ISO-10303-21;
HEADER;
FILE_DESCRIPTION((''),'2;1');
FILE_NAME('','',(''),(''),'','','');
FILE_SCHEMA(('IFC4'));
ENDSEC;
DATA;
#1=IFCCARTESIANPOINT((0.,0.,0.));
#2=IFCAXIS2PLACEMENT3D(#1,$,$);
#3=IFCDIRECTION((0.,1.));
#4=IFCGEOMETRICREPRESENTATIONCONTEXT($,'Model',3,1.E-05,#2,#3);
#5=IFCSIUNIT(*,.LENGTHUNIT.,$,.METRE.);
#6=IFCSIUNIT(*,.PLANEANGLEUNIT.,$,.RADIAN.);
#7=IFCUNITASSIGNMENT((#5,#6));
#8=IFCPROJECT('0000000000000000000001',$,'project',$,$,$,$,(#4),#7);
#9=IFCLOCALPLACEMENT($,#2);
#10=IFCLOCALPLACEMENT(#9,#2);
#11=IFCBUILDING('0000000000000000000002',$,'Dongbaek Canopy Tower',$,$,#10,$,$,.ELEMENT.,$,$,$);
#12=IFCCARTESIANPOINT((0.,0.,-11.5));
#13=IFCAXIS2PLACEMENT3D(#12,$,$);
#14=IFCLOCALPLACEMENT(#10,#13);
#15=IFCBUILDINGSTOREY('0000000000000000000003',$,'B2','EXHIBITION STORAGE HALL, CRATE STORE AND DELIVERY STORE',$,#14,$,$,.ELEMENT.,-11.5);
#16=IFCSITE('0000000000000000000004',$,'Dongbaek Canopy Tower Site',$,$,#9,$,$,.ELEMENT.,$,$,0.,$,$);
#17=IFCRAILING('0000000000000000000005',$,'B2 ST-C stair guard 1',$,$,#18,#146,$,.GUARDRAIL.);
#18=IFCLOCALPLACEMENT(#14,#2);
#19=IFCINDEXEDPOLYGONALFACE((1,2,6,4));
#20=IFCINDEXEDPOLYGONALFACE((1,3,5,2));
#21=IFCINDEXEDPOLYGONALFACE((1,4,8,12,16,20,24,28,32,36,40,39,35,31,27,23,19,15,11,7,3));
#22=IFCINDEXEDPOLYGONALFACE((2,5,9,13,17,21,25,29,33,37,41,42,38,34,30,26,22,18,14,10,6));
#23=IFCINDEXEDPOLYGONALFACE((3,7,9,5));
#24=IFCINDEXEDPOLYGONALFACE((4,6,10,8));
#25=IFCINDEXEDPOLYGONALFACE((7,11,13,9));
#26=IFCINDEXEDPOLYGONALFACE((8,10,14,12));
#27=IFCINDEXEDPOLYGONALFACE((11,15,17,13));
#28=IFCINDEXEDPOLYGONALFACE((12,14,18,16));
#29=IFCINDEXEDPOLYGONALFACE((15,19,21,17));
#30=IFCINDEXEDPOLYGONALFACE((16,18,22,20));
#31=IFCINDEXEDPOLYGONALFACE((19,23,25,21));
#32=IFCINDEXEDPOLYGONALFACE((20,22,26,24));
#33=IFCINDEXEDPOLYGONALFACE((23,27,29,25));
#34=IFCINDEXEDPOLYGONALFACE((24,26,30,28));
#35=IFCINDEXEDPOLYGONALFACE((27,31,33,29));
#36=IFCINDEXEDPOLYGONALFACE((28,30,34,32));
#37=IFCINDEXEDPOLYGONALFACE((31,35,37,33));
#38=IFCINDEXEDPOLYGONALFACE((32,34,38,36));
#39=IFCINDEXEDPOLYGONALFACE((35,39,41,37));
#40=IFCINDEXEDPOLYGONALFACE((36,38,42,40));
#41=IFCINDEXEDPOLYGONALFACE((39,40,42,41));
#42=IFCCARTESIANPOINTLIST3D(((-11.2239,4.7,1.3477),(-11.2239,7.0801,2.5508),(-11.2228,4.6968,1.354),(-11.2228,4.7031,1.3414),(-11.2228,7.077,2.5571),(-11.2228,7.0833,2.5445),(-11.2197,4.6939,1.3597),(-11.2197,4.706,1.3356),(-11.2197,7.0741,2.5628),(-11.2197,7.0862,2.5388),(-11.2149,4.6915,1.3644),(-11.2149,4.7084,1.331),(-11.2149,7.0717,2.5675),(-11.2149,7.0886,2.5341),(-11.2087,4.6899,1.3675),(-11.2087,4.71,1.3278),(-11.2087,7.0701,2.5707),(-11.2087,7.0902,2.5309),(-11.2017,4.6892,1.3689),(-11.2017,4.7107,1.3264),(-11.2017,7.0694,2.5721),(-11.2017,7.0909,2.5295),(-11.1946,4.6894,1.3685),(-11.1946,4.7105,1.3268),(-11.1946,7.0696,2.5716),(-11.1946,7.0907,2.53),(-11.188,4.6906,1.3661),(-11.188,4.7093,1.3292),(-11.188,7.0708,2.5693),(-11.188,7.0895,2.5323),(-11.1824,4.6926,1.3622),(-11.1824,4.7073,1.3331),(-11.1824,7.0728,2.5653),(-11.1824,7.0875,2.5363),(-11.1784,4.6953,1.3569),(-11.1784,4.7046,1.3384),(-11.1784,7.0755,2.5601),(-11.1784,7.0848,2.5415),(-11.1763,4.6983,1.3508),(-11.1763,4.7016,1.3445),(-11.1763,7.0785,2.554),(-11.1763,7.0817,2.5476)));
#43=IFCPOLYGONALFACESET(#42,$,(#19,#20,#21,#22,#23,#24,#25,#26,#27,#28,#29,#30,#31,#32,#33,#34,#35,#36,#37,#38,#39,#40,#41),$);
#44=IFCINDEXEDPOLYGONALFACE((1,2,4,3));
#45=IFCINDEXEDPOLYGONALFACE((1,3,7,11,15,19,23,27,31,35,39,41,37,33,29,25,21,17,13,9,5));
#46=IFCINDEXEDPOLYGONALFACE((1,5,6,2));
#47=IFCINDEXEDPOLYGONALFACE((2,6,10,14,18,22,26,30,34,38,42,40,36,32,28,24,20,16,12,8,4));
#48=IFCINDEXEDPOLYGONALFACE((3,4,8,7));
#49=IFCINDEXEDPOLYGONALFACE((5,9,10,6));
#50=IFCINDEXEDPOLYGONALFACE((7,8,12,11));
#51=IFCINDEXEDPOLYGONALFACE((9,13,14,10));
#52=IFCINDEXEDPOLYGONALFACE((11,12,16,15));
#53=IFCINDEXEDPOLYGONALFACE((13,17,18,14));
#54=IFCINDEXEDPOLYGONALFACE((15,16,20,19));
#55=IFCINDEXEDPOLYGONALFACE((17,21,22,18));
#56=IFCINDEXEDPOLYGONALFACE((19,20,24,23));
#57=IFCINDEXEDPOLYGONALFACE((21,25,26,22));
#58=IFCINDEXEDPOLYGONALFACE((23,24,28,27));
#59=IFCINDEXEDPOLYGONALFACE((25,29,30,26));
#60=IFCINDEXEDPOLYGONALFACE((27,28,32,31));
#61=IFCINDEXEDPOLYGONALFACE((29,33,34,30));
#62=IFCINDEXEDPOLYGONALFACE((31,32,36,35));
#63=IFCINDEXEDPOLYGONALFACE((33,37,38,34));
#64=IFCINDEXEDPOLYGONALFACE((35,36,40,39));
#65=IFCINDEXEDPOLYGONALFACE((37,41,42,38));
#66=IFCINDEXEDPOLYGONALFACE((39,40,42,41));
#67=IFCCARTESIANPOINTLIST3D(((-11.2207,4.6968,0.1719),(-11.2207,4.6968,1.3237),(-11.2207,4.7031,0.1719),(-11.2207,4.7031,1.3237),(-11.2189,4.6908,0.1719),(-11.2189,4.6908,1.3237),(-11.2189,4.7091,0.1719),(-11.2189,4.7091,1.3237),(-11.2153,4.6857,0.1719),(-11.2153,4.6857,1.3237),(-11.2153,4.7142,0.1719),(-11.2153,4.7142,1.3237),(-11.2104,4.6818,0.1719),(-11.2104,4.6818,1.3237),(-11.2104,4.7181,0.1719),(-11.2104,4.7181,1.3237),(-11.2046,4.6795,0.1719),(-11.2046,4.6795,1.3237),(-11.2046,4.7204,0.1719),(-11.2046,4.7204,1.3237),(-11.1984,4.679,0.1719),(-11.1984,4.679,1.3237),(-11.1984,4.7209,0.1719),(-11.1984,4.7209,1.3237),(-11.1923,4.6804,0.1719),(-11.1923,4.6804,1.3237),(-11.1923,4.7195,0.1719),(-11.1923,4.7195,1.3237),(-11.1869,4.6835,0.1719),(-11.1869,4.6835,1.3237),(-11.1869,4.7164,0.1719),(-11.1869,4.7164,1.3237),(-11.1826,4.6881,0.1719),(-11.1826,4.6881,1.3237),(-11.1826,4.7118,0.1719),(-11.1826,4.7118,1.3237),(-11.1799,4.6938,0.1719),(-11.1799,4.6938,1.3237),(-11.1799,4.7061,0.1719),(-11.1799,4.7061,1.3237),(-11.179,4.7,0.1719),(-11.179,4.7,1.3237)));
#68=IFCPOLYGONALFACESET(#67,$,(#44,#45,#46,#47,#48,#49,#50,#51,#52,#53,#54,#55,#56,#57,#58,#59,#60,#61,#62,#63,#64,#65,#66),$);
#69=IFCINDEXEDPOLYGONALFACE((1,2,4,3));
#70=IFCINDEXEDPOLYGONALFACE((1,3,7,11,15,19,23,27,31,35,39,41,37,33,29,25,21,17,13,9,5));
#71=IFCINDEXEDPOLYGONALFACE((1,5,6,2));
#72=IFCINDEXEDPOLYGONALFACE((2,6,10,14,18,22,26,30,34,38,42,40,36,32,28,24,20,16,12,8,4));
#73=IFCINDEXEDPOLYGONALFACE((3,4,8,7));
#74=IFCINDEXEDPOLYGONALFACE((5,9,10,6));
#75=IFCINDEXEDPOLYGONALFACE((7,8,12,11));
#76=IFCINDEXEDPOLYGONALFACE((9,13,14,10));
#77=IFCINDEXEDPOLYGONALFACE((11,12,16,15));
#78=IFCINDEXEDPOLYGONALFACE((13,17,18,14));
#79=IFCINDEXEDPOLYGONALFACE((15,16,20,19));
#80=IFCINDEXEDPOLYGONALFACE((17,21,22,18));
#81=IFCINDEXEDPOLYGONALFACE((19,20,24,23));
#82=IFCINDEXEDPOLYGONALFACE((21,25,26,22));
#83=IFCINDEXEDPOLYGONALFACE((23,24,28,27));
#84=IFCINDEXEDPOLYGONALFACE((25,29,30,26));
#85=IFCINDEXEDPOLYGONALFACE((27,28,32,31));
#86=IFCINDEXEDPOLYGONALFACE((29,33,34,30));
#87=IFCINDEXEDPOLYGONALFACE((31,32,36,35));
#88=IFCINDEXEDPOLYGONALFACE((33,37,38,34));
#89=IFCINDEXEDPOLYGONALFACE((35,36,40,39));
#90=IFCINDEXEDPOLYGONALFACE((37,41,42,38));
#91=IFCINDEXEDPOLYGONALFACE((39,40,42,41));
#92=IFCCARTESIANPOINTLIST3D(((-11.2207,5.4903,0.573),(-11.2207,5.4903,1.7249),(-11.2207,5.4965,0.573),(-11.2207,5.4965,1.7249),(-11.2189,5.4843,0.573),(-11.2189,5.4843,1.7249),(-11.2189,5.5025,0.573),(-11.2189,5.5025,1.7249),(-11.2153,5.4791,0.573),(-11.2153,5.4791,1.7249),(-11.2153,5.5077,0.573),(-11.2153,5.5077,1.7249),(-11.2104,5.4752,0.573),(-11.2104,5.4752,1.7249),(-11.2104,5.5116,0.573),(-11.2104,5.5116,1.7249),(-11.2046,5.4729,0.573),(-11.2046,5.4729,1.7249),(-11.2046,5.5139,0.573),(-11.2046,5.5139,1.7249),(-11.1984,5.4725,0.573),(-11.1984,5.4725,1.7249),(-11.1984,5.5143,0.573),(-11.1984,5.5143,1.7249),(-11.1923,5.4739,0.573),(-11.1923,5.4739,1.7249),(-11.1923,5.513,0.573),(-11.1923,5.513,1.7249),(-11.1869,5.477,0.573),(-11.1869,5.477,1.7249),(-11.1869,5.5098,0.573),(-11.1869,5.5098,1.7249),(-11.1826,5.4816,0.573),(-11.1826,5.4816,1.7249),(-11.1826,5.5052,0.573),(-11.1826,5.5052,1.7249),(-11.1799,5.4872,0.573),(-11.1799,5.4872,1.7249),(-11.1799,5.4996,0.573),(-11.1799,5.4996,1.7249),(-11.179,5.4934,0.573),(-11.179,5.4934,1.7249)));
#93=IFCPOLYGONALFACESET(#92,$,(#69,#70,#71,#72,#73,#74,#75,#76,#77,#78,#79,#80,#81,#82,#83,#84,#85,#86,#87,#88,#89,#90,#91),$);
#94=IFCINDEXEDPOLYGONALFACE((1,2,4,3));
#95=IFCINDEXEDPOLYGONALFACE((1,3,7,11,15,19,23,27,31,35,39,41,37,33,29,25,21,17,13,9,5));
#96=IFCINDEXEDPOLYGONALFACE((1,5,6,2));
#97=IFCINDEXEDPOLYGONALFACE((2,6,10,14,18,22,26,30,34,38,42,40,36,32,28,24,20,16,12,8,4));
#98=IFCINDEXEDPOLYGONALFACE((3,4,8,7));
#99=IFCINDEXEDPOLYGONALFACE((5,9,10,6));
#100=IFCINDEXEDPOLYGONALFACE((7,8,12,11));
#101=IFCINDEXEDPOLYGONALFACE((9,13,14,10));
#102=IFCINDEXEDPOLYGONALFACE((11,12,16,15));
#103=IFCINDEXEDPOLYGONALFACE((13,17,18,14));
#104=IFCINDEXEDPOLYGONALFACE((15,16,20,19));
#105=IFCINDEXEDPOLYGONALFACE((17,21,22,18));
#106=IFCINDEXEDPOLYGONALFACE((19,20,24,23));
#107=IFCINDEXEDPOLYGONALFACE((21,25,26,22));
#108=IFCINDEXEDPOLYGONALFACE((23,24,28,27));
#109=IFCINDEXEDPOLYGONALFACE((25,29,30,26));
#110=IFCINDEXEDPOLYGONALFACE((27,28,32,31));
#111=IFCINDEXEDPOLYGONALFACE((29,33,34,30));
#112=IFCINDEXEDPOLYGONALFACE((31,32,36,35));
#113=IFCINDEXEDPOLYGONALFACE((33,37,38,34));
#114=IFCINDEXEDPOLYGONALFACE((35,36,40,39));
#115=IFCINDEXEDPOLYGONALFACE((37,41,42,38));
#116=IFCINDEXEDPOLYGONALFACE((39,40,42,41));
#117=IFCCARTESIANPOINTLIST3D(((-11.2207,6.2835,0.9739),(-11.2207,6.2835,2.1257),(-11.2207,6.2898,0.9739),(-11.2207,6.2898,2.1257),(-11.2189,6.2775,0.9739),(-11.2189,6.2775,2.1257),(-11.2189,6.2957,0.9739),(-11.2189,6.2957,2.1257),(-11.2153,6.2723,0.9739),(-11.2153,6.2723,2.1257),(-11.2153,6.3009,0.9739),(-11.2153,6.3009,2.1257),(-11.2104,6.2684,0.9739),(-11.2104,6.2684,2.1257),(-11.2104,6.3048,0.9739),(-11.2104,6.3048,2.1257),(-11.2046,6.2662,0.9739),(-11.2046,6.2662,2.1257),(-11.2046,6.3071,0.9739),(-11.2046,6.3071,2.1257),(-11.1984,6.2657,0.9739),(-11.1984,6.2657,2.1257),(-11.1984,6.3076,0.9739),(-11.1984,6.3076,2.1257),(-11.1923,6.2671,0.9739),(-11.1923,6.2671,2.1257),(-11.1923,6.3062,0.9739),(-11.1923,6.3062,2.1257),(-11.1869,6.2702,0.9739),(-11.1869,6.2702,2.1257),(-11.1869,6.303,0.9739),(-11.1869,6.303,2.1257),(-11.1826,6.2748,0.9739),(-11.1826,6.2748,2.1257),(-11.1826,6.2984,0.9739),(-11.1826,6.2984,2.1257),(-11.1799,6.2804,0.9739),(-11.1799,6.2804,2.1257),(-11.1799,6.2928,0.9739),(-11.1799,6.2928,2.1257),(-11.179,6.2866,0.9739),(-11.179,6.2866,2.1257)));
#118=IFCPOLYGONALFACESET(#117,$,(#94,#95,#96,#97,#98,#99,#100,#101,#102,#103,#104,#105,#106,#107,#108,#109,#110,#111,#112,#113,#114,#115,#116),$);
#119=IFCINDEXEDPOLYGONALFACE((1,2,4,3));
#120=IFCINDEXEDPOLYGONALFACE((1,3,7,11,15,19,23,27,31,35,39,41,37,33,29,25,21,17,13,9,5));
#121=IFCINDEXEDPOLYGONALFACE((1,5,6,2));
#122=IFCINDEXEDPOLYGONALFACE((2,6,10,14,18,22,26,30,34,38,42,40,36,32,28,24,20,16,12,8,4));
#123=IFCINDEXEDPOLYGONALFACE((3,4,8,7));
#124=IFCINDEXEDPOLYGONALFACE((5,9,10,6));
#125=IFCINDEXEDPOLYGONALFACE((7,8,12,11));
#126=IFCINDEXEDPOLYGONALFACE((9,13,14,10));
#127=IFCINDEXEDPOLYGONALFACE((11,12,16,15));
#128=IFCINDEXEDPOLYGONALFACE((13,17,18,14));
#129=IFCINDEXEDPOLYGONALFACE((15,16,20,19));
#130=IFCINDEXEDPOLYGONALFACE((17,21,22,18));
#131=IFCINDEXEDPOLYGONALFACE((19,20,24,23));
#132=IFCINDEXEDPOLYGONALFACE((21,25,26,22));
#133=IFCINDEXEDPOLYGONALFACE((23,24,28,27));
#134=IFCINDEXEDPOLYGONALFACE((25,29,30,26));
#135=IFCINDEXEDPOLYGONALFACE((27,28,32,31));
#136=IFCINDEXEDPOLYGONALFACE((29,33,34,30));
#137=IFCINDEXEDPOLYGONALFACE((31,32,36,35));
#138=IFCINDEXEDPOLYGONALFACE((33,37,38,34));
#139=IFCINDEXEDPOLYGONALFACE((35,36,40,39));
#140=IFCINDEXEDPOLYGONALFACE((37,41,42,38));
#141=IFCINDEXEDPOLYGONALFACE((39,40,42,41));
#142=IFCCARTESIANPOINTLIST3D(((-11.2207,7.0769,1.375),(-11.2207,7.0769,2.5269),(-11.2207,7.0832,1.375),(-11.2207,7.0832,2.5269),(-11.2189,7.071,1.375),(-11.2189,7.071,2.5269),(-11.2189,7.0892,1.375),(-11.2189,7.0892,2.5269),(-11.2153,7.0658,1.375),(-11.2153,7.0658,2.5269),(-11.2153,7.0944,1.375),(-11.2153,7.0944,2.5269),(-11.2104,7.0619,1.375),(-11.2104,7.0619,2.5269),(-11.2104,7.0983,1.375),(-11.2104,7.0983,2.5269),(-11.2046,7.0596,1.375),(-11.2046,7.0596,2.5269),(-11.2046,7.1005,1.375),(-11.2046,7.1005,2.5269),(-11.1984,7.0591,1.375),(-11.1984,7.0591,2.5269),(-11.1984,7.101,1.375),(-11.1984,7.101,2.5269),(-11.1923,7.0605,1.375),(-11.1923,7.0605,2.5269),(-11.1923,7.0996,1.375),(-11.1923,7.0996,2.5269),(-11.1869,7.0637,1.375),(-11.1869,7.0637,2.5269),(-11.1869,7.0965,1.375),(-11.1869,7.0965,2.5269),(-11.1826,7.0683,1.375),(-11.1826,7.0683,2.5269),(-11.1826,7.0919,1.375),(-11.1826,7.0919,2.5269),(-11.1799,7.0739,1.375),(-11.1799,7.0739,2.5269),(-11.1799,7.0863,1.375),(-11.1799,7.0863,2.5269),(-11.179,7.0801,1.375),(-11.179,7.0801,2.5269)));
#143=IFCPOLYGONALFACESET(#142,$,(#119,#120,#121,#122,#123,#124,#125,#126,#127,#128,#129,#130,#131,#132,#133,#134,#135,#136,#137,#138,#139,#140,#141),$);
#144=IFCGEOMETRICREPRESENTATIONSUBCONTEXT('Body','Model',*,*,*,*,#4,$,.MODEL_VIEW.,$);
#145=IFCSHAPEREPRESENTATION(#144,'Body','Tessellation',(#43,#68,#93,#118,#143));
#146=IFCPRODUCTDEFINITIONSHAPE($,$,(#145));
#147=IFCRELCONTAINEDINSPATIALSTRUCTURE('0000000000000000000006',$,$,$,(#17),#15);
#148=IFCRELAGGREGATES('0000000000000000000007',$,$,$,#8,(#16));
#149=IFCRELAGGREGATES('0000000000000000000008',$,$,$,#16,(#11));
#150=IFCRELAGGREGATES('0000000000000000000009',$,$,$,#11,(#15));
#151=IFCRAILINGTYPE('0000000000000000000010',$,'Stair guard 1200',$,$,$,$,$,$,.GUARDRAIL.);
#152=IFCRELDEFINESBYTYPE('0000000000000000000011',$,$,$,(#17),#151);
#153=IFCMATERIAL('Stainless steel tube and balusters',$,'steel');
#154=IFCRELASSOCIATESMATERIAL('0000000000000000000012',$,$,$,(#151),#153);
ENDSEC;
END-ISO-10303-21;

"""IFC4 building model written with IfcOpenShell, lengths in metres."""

from ifc_helpers import new_model, si_unit, direction, frame, origin, origin_2d, place, context, subcontext, project, spatial, circle, extrude, material, type_object, element, save


model = new_model("IFC4")

# Units and contexts
model_context = context("Model", 3, precision=1e-05, world=origin(), true_north=direction((0.0, 1.0)))
body_context = subcontext(model_context, "Body", "Model", "MODEL_VIEW")
ifc_project = project(units=[si_unit("LENGTHUNIT", "METRE"), si_unit("PLANEANGLEUNIT", "RADIAN")], contexts=[model_context])

# Site, building, storey
site_placement = place(None, origin())
site = spatial("IfcSite", under=ifc_project, at=site_placement, Name="Dongbaek Canopy Tower Site", CompositionType="ELEMENT", RefElevation=0.0)
building_placement = place(site_placement, origin())
building = spatial("IfcBuilding", under=site, at=building_placement, Name="Dongbaek Canopy Tower", CompositionType="ELEMENT")
storey_placement = place(building_placement, frame((0.0, 0.0, -11.5)))
storey = spatial("IfcBuildingStorey", under=building, at=storey_placement, Name="B2", Description="EXHIBITION STORAGE HALL, CRATE STORE AND DELIVERY STORE", CompositionType="ELEMENT", Elevation=-11.5)

# Railing
ifc_material_1 = material(Name="Stainless steel tube and balusters", Category="steel")
railing_type_1 = type_object("IfcRailingType", Name="Stair guard 1200", PredefinedType="GUARDRAIL", material=ifc_material_1)
railing_1_placement = place(storey_placement, frame((-11.2, 4.7, 0.1719)))
element("IfcRailing", 1, at=railing_1_placement, inside=storey, type_object=railing_type_1, Name="B2 ST-C stair guard 1", PredefinedType="GUARDRAIL", context=body_context, shape_type="SweptSolid", body=[
    extrude(circle(Radius=0.0239, at=origin_2d()), frame((0.0, 0.0, 1.1758), z_axis=(0.0, 0.89246, 0.451127), x_axis=(-1.0, 0.0, 0.0)), (0.0, 0.0, 1.0), 2.667),
    extrude(circle(Radius=0.021, at=origin_2d()), origin(), (0.0, 0.0, 1.0), 1.1519),
    extrude(circle(Radius=0.021, at=origin_2d()), frame((0.0, 0.7935, 0.4011)), (0.0, 0.0, 1.0), 1.1519),
    extrude(circle(Radius=0.021, at=origin_2d()), frame((0.0, 1.5867, 0.802)), (0.0, 0.0, 1.0), 1.1519),
    extrude(circle(Radius=0.021, at=origin_2d()), frame((0.0, 2.3801, 1.2031)), (0.0, 0.0, 1.0), 1.1519),
])

save(model, "model.ifc")
